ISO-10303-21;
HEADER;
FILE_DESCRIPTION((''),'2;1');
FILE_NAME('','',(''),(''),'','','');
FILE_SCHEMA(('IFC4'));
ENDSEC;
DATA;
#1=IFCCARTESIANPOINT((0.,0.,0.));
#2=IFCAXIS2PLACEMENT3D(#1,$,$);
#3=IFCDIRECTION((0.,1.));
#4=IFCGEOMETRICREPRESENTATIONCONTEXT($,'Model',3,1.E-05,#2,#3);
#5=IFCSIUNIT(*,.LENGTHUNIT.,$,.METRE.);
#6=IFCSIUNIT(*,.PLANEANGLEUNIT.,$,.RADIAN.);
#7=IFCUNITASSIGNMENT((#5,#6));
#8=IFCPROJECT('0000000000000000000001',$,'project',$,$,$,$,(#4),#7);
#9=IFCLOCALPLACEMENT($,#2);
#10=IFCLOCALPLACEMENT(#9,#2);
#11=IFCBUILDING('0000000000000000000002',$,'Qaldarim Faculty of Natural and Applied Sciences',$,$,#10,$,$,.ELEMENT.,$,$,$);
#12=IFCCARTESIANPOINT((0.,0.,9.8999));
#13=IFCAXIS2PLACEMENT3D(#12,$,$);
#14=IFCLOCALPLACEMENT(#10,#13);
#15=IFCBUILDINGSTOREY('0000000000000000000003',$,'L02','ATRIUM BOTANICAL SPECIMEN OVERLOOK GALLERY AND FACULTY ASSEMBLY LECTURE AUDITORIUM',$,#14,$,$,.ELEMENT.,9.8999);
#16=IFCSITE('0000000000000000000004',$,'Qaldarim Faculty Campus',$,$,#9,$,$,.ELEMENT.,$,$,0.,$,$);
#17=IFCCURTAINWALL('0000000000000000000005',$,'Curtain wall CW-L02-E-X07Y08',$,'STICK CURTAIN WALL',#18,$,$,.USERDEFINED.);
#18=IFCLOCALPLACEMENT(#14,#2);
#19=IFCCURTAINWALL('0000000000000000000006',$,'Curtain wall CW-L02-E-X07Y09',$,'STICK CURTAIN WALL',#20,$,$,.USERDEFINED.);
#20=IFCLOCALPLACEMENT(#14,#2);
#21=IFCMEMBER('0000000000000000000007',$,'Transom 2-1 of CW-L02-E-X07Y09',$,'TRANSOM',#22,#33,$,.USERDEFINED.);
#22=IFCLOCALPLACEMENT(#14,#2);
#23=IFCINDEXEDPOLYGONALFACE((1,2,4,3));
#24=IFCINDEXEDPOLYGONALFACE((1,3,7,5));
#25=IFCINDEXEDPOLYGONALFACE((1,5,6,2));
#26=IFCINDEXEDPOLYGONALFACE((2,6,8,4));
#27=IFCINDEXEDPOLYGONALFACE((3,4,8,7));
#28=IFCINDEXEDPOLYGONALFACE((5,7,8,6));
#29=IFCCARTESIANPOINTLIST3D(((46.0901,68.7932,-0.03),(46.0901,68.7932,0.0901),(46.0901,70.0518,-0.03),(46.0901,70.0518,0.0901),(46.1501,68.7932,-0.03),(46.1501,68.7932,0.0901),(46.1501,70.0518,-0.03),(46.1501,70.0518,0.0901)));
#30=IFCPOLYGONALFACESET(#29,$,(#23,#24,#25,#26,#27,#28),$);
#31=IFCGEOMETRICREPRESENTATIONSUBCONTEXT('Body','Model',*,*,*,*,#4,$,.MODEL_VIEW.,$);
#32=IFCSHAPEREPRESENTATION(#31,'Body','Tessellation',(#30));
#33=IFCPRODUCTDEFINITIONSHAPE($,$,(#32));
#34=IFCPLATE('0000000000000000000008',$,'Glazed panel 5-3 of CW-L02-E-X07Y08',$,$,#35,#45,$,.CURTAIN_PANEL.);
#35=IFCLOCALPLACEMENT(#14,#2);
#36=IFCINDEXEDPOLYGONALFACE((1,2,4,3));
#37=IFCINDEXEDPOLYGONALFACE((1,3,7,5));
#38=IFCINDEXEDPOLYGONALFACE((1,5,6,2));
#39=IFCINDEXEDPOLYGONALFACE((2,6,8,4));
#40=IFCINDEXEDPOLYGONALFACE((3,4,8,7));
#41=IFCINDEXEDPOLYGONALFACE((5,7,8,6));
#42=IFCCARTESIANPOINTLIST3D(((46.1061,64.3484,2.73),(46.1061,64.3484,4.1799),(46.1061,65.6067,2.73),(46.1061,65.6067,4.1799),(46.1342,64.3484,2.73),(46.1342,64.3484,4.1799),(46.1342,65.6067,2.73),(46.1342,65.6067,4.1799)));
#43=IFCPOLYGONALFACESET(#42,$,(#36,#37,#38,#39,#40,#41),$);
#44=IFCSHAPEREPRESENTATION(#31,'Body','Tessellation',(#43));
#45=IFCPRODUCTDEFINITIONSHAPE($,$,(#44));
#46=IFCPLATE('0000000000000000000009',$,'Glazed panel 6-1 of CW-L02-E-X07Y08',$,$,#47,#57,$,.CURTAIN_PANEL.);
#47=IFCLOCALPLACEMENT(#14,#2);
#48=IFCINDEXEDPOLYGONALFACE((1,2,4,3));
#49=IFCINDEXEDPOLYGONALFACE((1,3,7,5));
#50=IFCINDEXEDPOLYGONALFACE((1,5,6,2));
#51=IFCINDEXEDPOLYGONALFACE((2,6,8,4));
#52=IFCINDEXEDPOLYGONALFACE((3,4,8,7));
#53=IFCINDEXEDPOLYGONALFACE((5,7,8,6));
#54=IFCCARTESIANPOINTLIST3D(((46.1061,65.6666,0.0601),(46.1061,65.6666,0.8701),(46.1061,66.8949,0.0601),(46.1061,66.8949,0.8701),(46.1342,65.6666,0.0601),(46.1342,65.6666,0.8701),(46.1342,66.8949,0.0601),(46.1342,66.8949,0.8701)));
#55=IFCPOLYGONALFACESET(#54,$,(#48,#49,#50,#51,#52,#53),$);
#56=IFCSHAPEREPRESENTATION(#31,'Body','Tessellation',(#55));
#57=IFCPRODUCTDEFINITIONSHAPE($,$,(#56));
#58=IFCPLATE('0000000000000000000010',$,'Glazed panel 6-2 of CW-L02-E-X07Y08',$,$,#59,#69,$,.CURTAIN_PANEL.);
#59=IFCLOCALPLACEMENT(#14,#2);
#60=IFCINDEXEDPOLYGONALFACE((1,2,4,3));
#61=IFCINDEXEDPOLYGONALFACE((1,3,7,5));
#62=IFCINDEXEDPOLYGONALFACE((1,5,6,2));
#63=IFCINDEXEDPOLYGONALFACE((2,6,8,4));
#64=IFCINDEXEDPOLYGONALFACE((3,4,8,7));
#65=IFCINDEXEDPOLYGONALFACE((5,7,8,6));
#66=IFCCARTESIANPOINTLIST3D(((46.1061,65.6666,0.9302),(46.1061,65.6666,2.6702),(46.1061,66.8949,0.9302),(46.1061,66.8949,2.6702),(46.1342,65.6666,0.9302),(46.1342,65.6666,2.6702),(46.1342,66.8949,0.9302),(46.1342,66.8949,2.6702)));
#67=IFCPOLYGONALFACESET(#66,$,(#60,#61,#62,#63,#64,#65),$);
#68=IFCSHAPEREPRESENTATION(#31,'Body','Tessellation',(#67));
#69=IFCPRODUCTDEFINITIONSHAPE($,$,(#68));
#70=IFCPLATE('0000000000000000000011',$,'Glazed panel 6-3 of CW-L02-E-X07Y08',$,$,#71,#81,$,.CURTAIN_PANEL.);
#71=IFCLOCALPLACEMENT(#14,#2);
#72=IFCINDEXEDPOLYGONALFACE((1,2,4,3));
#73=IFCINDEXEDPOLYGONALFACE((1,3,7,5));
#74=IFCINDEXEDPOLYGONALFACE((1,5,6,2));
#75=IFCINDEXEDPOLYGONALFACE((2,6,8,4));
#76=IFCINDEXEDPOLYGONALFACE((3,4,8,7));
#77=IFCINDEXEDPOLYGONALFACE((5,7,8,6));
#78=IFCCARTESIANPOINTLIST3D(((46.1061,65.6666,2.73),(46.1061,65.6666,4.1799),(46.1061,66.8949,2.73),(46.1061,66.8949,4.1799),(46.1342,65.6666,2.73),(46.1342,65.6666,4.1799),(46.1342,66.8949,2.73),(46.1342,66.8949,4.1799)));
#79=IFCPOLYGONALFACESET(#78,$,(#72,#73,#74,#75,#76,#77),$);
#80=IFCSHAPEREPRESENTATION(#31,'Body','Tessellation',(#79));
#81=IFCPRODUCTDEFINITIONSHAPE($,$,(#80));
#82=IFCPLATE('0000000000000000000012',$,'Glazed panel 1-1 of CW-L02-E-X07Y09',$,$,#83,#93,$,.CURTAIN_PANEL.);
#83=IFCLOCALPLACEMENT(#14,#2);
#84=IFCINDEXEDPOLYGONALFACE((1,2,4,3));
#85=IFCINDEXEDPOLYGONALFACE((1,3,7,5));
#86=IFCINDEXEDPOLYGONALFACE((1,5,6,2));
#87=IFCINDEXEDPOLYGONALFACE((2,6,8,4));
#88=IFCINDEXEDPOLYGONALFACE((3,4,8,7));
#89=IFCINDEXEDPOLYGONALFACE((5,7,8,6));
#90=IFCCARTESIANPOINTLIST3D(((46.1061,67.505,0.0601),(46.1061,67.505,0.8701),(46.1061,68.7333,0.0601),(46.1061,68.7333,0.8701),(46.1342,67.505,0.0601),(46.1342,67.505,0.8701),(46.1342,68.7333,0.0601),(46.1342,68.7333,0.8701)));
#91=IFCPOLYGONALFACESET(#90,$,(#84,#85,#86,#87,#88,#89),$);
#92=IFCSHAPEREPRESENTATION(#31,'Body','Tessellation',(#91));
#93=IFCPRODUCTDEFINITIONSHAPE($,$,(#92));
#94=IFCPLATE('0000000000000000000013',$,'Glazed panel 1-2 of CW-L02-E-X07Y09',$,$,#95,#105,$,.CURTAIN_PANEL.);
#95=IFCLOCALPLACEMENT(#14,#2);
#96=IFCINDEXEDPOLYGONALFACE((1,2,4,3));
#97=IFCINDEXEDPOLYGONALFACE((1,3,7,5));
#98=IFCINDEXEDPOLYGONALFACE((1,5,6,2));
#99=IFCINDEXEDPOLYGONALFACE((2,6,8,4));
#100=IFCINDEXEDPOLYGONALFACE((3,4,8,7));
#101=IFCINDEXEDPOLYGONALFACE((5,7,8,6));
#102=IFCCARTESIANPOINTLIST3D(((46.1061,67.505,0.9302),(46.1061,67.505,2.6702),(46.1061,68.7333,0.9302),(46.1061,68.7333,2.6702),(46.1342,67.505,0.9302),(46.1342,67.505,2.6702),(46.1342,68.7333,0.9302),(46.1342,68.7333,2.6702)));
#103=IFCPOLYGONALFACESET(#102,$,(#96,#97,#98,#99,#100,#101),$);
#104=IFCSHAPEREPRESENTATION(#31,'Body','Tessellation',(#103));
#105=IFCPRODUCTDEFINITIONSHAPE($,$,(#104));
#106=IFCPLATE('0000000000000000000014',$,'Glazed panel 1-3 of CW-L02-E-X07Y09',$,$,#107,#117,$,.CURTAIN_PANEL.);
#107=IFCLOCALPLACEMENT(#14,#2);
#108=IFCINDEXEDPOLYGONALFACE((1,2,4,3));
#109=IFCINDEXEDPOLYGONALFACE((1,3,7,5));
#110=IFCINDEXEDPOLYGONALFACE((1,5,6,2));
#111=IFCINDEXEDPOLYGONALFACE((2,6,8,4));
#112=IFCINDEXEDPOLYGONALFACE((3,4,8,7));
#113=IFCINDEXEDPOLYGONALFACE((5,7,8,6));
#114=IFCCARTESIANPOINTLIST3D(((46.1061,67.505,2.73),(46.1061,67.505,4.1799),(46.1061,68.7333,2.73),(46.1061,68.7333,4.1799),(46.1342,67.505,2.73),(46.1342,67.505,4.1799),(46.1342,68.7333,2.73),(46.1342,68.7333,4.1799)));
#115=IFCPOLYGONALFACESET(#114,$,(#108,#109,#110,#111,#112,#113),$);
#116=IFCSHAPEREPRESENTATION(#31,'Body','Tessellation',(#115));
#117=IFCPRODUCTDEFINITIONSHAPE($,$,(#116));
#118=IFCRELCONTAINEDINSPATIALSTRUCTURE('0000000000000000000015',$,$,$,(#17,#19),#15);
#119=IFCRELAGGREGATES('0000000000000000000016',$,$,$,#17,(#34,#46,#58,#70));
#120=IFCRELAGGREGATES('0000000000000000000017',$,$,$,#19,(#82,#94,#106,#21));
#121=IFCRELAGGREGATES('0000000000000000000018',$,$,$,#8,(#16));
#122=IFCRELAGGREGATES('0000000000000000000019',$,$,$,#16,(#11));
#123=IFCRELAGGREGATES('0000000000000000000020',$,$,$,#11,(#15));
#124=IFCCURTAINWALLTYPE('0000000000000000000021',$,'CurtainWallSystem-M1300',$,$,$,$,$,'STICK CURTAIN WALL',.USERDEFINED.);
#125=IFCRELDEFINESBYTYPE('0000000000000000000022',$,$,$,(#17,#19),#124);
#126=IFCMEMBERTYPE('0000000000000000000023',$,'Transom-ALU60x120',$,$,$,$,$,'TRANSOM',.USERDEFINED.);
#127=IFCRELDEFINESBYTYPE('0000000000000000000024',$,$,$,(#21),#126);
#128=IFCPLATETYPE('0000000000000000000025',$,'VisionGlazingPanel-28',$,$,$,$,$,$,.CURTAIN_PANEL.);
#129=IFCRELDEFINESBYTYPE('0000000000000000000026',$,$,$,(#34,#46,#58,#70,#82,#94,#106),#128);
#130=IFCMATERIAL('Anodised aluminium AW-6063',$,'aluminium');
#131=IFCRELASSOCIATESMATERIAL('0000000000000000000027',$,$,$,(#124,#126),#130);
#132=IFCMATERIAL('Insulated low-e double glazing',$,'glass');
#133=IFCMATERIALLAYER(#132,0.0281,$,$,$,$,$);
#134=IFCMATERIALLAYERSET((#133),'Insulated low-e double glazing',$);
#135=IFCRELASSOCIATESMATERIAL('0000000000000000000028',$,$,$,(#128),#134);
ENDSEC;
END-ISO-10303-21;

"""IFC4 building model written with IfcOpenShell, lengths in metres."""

from ifc_helpers import new_model, si_unit, direction, frame, origin, origin_2d, place, context, subcontext, project, spatial, rectangle, extrude, material, layer, layer_set, material_profile, profile_set, type_object, element, aggregate, save


model = new_model("IFC4")

# Units and contexts
model_context = context("Model", 3, precision=1e-05, world=origin(), true_north=direction((0.0, 1.0)))
body_context = subcontext(model_context, "Body", "Model", "MODEL_VIEW")
ifc_project = project(units=[si_unit("LENGTHUNIT", "METRE"), si_unit("PLANEANGLEUNIT", "RADIAN")], contexts=[model_context])

# Site, building, storey
site_placement = place(None, origin())
site = spatial("IfcSite", under=ifc_project, at=site_placement, Name="Qaldarim Faculty Campus", CompositionType="ELEMENT", RefElevation=0.0)
building_placement = place(site_placement, origin())
building = spatial("IfcBuilding", under=site, at=building_placement, Name="Qaldarim Faculty of Natural and Applied Sciences", CompositionType="ELEMENT")
storey_placement = place(building_placement, frame((0.0, 0.0, 9.8999)))
storey = spatial("IfcBuildingStorey", under=building, at=storey_placement, Name="L02", Description="ATRIUM BOTANICAL SPECIMEN OVERLOOK GALLERY AND FACULTY ASSEMBLY LECTURE AUDITORIUM", CompositionType="ELEMENT", Elevation=9.8999)

# Curtain walls
ifc_material_1 = material(Name="Anodised aluminium AW-6063", Category="aluminium")
curtain_wall_type = type_object("IfcCurtainWallType", Name="CurtainWallSystem-M1300", ElementType="STICK CURTAIN WALL", PredefinedType="USERDEFINED", material=ifc_material_1)
curtain_wall_1_placement = place(storey_placement, origin())
curtain_wall_1 = element("IfcCurtainWall", 1, at=curtain_wall_1_placement, inside=storey, type_object=curtain_wall_type, Name="Curtain wall CW-L02-E-X07Y08", ObjectType="STICK CURTAIN WALL", PredefinedType="USERDEFINED")
curtain_wall_2_placement = place(storey_placement, origin())
curtain_wall_2 = element("IfcCurtainWall", 2, at=curtain_wall_2_placement, inside=storey, type_object=curtain_wall_type, Name="Curtain wall CW-L02-E-X07Y09", ObjectType="STICK CURTAIN WALL", PredefinedType="USERDEFINED")

# Member
ifc_material_profile_1 = material_profile(ifc_material_1, rectangle(XDim=0.0601, YDim=0.1201, at=origin_2d()), Name="ALU-T60x120")
ifc_profile_set_1 = profile_set([ifc_material_profile_1], Name="Anodised aluminium AW-6063")
member_type_1 = type_object("IfcMemberType", Name="Transom-ALU60x120", ElementType="TRANSOM", PredefinedType="USERDEFINED", material=ifc_profile_set_1)
member_1_placement = place(storey_placement, frame((46.1201, 68.7932, 0.03), z_axis=(0.0, 1.0, 0.0), x_axis=(-1.0, 0.0, 0.0)))
member_1 = element("IfcMember", 3, at=member_1_placement, type_object=member_type_1, Name="Transom 2-1 of CW-L02-E-X07Y09", ObjectType="TRANSOM", PredefinedType="USERDEFINED", context=body_context, shape_type="SweptSolid", body=[
    extrude(rectangle(XDim=0.0601, YDim=0.1201, at=origin_2d()), origin(), (0.0, 0.0, 1.0), 1.2585),
])

# Plates
ifc_material_2 = material(Name="Insulated low-e double glazing", Category="glass")
ifc_layer = layer(ifc_material_2, 0.0281)
ifc_layer_set = layer_set([ifc_layer], Name="Insulated low-e double glazing")
plate_type = type_object("IfcPlateType", Name="VisionGlazingPanel-28", PredefinedType="CURTAIN_PANEL", material=ifc_layer_set)
plate_1_placement = place(storey_placement, frame((46.1201, 64.9775, 2.73), z_axis=(0.0, 0.0, 1.0), x_axis=(0.0, 1.0, 0.0)))
plate_1 = element("IfcPlate", 4, at=plate_1_placement, type_object=plate_type, Name="Glazed panel 5-3 of CW-L02-E-X07Y08", PredefinedType="CURTAIN_PANEL", context=body_context, shape_type="SweptSolid", body=[
    extrude(rectangle(XDim=1.2583, YDim=0.0281, at=origin_2d()), origin(), (0.0, 0.0, 1.0), 1.45),
])
plate_2_placement = place(storey_placement, frame((46.1201, 66.2808, 0.0601), z_axis=(0.0, 0.0, 1.0), x_axis=(0.0, 1.0, 0.0)))
plate_2 = element("IfcPlate", 5, at=plate_2_placement, type_object=plate_type, Name="Glazed panel 6-1 of CW-L02-E-X07Y08", PredefinedType="CURTAIN_PANEL", context=body_context, shape_type="SweptSolid", body=[
    extrude(rectangle(XDim=1.2283, YDim=0.0281, at=origin_2d()), origin(), (0.0, 0.0, 1.0), 0.8101),
])
plate_3_placement = place(storey_placement, frame((46.1201, 66.2808, 0.9302), z_axis=(0.0, 0.0, 1.0), x_axis=(0.0, 1.0, 0.0)))
plate_3 = element("IfcPlate", 6, at=plate_3_placement, type_object=plate_type, Name="Glazed panel 6-2 of CW-L02-E-X07Y08", PredefinedType="CURTAIN_PANEL", context=body_context, shape_type="SweptSolid", body=[
    extrude(rectangle(XDim=1.2283, YDim=0.0281, at=origin_2d()), origin(), (0.0, 0.0, 1.0), 1.74),
])
plate_4_placement = place(storey_placement, frame((46.1201, 66.2808, 2.73), z_axis=(0.0, 0.0, 1.0), x_axis=(0.0, 1.0, 0.0)))
plate_4 = element("IfcPlate", 7, at=plate_4_placement, type_object=plate_type, Name="Glazed panel 6-3 of CW-L02-E-X07Y08", PredefinedType="CURTAIN_PANEL", context=body_context, shape_type="SweptSolid", body=[
    extrude(rectangle(XDim=1.2283, YDim=0.0281, at=origin_2d()), origin(), (0.0, 0.0, 1.0), 1.45),
])
aggregate(curtain_wall_1, [plate_1, plate_2, plate_3, plate_4])
plate_5_placement = place(storey_placement, frame((46.1201, 68.1191, 0.0601), z_axis=(0.0, 0.0, 1.0), x_axis=(0.0, 1.0, 0.0)))
plate_5 = element("IfcPlate", 8, at=plate_5_placement, type_object=plate_type, Name="Glazed panel 1-1 of CW-L02-E-X07Y09", PredefinedType="CURTAIN_PANEL", context=body_context, shape_type="SweptSolid", body=[
    extrude(rectangle(XDim=1.2283, YDim=0.0281, at=origin_2d()), origin(), (0.0, 0.0, 1.0), 0.8101),
])
plate_6_placement = place(storey_placement, frame((46.1201, 68.1191, 0.9302), z_axis=(0.0, 0.0, 1.0), x_axis=(0.0, 1.0, 0.0)))
plate_6 = element("IfcPlate", 9, at=plate_6_placement, type_object=plate_type, Name="Glazed panel 1-2 of CW-L02-E-X07Y09", PredefinedType="CURTAIN_PANEL", context=body_context, shape_type="SweptSolid", body=[
    extrude(rectangle(XDim=1.2283, YDim=0.0281, at=origin_2d()), origin(), (0.0, 0.0, 1.0), 1.74),
])
plate_7_placement = place(storey_placement, frame((46.1201, 68.1191, 2.73), z_axis=(0.0, 0.0, 1.0), x_axis=(0.0, 1.0, 0.0)))
plate_7 = element("IfcPlate", 10, at=plate_7_placement, type_object=plate_type, Name="Glazed panel 1-3 of CW-L02-E-X07Y09", PredefinedType="CURTAIN_PANEL", context=body_context, shape_type="SweptSolid", body=[
    extrude(rectangle(XDim=1.2283, YDim=0.0281, at=origin_2d()), origin(), (0.0, 0.0, 1.0), 1.45),
])
aggregate(curtain_wall_2, [plate_5, plate_6, plate_7, member_1])

save(model, "model.ifc")
